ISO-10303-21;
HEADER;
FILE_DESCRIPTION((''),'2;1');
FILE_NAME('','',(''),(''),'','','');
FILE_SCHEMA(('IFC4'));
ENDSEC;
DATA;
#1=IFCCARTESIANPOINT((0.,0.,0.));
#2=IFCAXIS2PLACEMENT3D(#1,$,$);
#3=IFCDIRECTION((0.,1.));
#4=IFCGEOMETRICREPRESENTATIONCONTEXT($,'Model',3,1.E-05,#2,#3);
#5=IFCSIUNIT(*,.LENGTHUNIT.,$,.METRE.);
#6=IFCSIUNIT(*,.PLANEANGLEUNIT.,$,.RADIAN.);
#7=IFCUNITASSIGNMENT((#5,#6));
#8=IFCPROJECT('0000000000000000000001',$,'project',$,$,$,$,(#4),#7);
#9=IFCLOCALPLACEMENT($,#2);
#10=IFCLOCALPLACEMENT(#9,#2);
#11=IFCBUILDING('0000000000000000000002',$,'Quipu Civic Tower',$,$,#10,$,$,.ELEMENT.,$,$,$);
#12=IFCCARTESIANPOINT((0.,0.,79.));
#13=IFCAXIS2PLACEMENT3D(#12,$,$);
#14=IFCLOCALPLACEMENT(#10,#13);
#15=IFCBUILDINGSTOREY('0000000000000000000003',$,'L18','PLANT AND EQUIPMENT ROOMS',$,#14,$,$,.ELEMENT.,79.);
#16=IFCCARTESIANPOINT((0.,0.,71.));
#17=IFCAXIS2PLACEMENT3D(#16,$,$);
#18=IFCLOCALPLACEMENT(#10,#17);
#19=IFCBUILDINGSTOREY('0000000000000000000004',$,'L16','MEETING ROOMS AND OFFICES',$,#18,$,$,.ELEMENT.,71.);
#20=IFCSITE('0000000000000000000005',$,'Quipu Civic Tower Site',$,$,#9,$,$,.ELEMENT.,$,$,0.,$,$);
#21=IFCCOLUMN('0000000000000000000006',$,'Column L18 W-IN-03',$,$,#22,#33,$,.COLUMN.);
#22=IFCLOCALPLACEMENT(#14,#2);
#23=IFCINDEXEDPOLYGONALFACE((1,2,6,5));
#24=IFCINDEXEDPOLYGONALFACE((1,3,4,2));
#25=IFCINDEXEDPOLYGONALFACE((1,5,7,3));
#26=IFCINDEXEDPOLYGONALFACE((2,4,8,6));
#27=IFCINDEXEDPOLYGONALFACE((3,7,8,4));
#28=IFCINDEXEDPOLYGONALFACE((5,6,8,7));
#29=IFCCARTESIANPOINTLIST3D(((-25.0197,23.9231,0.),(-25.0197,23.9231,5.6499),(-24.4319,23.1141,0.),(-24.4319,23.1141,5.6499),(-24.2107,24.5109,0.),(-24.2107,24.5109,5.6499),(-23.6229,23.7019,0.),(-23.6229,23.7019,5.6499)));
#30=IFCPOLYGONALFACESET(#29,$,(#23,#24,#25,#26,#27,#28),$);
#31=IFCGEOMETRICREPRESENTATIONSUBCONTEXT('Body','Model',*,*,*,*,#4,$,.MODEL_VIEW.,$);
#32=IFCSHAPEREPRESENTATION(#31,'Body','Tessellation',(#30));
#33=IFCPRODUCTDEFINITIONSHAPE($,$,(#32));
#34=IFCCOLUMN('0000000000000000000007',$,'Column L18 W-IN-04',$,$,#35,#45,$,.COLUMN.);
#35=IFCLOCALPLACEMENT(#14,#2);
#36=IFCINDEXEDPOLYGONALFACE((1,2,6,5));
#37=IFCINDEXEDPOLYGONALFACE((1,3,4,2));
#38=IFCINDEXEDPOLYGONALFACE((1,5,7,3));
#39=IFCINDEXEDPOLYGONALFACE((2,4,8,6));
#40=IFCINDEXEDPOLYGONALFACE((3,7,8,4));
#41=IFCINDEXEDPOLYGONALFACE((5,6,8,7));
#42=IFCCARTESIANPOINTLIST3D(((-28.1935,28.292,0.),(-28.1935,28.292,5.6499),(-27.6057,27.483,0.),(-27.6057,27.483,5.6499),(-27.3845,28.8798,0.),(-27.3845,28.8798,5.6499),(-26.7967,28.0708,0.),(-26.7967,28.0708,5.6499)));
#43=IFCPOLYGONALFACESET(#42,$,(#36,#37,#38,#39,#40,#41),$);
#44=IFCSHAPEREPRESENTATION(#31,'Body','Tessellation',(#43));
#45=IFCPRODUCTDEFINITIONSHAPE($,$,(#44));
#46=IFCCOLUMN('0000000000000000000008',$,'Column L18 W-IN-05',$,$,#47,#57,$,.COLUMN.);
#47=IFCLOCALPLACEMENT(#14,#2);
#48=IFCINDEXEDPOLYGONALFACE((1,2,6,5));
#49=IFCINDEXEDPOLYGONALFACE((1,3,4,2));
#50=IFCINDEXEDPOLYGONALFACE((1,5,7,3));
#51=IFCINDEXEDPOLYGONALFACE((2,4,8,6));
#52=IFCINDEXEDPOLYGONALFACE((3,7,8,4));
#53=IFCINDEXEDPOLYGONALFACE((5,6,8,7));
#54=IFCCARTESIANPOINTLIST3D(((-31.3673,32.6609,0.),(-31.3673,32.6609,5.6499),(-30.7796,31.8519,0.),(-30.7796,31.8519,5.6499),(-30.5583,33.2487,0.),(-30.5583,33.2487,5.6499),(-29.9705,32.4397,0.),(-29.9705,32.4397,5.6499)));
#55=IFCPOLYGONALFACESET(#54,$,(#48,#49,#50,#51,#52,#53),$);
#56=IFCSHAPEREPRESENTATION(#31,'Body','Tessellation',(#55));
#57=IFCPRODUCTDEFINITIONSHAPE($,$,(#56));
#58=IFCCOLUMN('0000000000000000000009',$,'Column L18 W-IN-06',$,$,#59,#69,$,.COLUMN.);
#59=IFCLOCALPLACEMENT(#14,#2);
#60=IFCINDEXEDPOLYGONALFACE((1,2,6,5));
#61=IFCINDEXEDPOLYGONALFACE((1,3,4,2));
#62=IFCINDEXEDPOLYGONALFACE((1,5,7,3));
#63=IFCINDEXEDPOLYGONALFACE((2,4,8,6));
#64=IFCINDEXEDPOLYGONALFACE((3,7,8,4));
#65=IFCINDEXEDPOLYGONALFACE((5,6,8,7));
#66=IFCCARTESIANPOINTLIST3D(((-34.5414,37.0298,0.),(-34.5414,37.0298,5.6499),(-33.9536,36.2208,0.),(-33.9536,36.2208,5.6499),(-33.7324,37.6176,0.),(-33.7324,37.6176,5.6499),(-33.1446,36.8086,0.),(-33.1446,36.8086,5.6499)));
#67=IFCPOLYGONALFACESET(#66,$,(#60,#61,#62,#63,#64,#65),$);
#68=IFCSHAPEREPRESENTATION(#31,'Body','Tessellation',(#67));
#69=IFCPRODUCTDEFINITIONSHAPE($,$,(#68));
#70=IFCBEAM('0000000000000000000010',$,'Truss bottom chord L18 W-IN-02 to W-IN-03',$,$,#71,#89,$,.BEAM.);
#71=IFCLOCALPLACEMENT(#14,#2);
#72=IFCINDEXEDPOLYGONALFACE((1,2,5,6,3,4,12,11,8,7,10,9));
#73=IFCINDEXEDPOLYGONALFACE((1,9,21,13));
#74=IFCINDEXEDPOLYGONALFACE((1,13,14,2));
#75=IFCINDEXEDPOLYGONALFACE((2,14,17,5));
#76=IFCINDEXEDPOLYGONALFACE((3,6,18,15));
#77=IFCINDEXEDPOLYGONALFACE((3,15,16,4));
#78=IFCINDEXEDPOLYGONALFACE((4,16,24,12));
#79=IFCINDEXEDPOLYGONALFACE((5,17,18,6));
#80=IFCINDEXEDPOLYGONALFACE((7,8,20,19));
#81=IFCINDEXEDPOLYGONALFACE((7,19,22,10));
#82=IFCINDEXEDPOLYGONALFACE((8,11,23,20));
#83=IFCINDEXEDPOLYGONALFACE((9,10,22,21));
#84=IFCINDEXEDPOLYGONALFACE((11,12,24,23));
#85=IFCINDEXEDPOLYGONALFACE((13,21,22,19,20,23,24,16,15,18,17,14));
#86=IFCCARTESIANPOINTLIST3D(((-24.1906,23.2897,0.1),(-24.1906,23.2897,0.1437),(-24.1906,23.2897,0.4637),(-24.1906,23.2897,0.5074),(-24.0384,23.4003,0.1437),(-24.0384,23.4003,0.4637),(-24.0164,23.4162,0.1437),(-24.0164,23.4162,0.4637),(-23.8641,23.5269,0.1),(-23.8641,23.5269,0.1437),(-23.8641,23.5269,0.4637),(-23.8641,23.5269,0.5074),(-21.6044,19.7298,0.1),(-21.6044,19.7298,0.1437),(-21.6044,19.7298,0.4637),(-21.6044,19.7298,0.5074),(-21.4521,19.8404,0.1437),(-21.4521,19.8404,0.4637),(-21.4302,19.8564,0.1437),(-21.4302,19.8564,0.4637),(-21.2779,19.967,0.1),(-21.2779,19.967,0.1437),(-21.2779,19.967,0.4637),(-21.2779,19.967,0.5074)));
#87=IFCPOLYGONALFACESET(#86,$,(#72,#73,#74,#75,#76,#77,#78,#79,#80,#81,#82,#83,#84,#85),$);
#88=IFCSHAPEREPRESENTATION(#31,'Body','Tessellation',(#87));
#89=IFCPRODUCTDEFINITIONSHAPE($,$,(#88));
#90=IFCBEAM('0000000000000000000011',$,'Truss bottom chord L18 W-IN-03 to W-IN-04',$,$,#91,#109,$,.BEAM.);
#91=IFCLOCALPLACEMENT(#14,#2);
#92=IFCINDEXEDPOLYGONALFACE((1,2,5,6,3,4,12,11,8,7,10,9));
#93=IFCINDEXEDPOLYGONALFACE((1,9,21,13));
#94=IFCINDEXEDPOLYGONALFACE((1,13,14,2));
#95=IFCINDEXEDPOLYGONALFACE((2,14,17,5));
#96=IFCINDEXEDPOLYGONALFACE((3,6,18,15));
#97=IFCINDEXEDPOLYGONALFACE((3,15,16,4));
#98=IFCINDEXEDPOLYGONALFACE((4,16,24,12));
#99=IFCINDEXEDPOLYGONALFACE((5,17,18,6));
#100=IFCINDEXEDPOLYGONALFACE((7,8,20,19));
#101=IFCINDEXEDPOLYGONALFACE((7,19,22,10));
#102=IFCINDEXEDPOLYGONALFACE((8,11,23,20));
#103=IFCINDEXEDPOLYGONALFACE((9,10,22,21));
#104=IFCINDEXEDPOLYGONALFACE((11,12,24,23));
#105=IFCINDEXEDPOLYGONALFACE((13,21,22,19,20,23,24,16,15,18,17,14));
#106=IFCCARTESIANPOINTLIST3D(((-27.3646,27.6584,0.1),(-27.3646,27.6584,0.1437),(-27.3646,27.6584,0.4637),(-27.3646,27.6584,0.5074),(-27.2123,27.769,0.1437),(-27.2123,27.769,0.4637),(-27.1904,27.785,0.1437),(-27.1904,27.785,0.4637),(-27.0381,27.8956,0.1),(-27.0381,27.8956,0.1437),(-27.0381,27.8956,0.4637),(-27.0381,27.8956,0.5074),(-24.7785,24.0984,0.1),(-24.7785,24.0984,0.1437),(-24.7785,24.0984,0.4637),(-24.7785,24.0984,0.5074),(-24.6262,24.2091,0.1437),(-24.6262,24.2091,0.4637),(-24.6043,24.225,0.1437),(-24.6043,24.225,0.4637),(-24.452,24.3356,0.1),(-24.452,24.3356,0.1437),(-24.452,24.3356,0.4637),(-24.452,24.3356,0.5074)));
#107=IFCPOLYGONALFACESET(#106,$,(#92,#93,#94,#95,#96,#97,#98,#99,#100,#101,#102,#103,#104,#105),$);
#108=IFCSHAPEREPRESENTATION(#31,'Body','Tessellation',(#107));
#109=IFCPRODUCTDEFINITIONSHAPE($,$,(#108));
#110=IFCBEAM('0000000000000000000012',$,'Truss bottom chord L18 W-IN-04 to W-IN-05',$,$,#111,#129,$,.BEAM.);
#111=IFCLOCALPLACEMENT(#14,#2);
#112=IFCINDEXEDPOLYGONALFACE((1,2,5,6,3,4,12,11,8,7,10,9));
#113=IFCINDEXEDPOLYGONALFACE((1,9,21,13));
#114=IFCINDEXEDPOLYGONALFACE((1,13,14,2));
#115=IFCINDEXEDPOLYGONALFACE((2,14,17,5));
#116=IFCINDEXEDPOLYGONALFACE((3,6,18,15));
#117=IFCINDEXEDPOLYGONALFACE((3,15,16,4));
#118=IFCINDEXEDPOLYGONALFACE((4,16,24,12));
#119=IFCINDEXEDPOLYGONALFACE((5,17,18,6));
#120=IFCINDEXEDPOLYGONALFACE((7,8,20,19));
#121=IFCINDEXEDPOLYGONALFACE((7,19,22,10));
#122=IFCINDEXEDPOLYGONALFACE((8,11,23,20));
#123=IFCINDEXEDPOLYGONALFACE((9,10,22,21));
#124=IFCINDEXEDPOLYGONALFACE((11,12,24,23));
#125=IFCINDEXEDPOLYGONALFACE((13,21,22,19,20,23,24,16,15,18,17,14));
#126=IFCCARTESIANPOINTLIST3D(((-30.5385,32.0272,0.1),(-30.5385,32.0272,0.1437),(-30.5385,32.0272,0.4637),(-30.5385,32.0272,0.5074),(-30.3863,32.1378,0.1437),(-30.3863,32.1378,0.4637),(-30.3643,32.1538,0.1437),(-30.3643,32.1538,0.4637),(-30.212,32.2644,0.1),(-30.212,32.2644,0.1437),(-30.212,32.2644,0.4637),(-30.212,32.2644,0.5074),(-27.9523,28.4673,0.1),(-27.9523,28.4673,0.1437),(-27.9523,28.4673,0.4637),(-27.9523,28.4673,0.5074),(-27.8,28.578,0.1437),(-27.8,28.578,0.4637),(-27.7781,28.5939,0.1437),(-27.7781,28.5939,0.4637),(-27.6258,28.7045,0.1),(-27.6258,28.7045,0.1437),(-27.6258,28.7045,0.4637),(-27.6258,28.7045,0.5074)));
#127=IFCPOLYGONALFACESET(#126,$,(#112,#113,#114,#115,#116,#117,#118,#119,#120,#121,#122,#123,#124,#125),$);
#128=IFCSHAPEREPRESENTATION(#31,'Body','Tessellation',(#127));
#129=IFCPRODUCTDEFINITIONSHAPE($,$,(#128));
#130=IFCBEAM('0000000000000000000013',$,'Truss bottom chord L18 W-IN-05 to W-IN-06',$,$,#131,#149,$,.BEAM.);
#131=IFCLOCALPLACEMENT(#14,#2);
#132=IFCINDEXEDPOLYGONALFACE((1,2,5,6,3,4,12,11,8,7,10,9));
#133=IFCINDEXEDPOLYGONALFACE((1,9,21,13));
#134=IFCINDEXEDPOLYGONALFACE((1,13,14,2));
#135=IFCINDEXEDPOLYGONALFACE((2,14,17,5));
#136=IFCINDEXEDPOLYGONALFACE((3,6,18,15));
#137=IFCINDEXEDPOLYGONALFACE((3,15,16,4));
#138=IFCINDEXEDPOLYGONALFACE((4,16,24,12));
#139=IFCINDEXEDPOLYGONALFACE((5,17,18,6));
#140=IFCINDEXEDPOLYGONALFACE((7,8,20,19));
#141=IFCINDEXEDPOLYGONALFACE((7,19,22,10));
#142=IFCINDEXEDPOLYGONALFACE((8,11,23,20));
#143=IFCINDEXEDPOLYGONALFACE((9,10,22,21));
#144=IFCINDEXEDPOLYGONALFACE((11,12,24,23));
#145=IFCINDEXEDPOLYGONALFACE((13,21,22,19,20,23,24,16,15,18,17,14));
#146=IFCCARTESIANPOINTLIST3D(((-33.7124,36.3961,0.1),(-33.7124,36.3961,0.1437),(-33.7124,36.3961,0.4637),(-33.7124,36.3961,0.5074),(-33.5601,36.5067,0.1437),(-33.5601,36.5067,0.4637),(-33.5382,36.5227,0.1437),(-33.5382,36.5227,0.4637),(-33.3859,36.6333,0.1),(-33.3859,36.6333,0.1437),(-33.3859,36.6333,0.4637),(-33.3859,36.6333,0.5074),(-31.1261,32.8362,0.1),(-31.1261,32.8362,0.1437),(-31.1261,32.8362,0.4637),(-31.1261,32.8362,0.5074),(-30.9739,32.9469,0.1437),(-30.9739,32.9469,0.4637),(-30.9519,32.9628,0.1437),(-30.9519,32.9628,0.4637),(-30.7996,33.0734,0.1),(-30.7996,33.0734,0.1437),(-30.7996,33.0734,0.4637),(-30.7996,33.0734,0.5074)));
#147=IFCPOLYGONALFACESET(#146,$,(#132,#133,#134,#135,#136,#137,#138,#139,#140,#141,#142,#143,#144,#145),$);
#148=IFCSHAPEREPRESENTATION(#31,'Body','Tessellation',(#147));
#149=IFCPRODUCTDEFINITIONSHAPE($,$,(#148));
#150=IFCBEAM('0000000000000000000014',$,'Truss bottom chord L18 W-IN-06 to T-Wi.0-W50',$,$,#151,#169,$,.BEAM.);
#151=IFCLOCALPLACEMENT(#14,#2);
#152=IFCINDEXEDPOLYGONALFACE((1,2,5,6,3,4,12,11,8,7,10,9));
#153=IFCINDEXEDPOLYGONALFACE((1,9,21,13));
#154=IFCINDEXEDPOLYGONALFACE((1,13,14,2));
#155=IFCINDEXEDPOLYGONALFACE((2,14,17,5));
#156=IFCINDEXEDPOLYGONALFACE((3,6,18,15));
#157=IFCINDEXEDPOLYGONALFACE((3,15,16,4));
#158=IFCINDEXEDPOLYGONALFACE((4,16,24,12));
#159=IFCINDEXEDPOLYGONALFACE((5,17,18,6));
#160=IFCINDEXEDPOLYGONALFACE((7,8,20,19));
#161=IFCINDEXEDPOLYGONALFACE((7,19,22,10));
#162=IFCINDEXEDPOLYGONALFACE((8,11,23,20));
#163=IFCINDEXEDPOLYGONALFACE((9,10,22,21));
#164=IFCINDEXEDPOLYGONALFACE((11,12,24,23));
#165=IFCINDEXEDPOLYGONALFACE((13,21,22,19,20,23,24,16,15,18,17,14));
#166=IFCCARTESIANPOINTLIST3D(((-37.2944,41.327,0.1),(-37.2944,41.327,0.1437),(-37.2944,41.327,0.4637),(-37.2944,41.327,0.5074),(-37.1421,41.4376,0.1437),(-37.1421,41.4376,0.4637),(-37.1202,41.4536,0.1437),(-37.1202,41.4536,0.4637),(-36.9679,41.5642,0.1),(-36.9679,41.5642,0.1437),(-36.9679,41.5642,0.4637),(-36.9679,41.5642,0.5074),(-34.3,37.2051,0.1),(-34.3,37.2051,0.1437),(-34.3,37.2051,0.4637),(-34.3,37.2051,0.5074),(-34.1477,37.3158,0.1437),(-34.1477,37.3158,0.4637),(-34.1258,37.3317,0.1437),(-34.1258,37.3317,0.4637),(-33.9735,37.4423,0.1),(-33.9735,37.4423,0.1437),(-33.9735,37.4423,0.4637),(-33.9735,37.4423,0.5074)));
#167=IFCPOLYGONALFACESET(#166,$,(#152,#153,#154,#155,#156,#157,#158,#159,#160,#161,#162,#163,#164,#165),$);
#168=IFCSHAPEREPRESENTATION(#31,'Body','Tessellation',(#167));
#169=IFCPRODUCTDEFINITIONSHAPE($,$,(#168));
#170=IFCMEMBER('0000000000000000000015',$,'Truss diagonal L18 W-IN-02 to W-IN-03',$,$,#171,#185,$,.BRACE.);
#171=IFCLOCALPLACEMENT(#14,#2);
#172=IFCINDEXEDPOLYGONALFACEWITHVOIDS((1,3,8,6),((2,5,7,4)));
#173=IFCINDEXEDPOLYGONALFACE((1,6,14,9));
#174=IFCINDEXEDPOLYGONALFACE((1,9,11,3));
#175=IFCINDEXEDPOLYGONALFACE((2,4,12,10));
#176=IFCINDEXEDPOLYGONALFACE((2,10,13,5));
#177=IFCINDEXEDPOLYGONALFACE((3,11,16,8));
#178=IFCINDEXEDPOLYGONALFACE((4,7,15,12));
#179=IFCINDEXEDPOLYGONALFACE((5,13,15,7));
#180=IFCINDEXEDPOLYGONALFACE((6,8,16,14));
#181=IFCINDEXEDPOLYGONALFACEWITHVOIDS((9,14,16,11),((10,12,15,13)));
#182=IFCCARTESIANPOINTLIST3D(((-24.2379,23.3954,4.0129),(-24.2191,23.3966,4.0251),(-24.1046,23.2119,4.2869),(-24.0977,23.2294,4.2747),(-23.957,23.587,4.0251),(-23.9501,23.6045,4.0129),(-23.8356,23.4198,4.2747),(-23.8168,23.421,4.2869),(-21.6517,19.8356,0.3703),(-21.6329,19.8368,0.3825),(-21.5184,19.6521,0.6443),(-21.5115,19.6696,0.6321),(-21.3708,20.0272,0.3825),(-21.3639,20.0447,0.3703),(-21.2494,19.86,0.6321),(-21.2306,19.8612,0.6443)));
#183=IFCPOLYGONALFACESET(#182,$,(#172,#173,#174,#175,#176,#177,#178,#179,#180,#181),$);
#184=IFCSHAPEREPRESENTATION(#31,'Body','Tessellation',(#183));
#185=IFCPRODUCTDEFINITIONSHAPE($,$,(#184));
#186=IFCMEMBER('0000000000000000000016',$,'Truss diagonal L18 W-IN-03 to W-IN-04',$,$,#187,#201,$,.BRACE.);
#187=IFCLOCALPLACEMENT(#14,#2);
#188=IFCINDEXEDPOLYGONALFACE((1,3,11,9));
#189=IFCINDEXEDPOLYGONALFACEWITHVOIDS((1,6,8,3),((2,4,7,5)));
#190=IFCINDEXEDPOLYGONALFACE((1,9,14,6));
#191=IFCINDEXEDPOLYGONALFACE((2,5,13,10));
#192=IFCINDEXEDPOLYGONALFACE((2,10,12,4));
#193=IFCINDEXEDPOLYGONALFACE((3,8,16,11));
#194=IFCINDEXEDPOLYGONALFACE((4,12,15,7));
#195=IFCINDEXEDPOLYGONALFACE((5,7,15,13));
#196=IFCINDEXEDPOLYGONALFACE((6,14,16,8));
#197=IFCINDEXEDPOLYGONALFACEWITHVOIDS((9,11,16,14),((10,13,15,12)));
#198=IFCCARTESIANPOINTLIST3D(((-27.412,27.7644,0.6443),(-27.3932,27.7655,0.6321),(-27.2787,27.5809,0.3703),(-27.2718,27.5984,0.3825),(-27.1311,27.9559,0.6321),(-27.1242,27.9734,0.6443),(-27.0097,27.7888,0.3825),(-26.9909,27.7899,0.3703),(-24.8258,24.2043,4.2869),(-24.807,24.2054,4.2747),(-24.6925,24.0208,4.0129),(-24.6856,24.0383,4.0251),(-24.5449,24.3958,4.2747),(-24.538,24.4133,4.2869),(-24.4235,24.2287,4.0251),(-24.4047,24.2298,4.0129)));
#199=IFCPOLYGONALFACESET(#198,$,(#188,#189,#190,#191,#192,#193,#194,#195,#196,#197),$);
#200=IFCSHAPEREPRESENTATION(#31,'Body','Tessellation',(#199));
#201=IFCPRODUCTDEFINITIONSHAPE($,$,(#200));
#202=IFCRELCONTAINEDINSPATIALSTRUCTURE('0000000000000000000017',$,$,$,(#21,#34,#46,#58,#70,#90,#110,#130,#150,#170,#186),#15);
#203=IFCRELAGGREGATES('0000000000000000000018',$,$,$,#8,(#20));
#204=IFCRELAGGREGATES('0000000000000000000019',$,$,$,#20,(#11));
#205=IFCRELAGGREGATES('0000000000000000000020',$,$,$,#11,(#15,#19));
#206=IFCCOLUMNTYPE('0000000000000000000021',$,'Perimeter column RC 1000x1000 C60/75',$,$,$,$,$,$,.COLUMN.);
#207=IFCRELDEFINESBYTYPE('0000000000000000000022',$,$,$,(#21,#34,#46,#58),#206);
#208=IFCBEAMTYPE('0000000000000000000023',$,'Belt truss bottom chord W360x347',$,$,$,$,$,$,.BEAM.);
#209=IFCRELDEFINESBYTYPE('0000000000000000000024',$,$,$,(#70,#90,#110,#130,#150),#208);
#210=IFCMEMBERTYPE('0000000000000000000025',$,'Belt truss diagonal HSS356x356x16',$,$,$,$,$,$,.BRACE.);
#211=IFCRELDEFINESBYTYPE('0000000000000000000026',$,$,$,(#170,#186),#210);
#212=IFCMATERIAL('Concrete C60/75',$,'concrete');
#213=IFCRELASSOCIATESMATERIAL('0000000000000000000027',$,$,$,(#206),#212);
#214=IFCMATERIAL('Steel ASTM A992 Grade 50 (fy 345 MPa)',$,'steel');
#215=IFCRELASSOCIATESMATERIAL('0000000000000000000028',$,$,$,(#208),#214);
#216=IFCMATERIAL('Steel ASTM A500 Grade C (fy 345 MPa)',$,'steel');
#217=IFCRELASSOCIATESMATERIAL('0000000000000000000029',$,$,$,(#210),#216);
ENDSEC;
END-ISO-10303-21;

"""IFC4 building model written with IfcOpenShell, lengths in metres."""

from ifc_helpers import new_model, si_unit, direction, frame, origin, origin_2d, place, context, subcontext, project, spatial, rectangle, hollow_rectangle, i_section, extrude, material, material_profile, profile_set, type_object, element, save


model = new_model("IFC4")

# Units and contexts
model_context = context("Model", 3, precision=1e-05, world=origin(), true_north=direction((0.0, 1.0)))
body_context = subcontext(model_context, "Body", "Model", "MODEL_VIEW")
ifc_project = project(units=[si_unit("LENGTHUNIT", "METRE"), si_unit("PLANEANGLEUNIT", "RADIAN")], contexts=[model_context])

# Site, building, storey
site_placement = place(None, origin())
site = spatial("IfcSite", under=ifc_project, at=site_placement, Name="Quipu Civic Tower Site", CompositionType="ELEMENT", RefElevation=0.0)
building_placement = place(site_placement, origin())
building = spatial("IfcBuilding", under=site, at=building_placement, Name="Quipu Civic Tower", CompositionType="ELEMENT")
storey_1_placement = place(building_placement, frame((0.0, 0.0, 79.0)))
storey_1 = spatial("IfcBuildingStorey", under=building, at=storey_1_placement, Name="L18", Description="PLANT AND EQUIPMENT ROOMS", CompositionType="ELEMENT", Elevation=79.0)

# Columns
ifc_material_1 = material(Name="Concrete C60/75", Category="concrete")
ifc_material_profile_1 = material_profile(ifc_material_1, rectangle(XDim=1.0, YDim=1.0, at=origin_2d()), Name="RC1000x1000")
ifc_profile_set_1 = profile_set([ifc_material_profile_1], Name="Concrete C60/75")
column_type = type_object("IfcColumnType", Name="Perimeter column RC 1000x1000 C60/75", PredefinedType="COLUMN", material=ifc_profile_set_1)
for number, where, z_axis, x_axis, name in (
    (1, (-24.3213, 23.8125, 0.0), (0.0, 0.0, 1.0), (-0.587785, 0.809017, 0.0), "Column L18 W-IN-03"),
    (2, (-27.4951, 28.1814, 0.0), (0.0, 0.0, 1.0), (-0.587785, 0.809017, 0.0), "Column L18 W-IN-04"),
    (3, (-30.6689, 32.5503, 0.0), (0.0, 0.0, 1.0), (-0.587785, 0.809017, 0.0), "Column L18 W-IN-05"),
    (4, (-33.843, 36.9192, 0.0), (0.0, 0.0, 1.0), (-0.587785, 0.809017, 0.0), "Column L18 W-IN-06"),
):
    element("IfcColumn", number, at=place(storey_1_placement, frame(where, z_axis=z_axis, x_axis=x_axis)), inside=storey_1, type_object=column_type, Name=name, PredefinedType="COLUMN", context=body_context, shape_type="SweptSolid", body=[
        extrude(rectangle(XDim=1.0, YDim=1.0, at=origin_2d()), origin(), (0.0, 0.0, 1.0), 5.6499),
    ])

# Beams
ifc_material_2 = material(Name="Steel ASTM A992 Grade 50 (fy 345 MPa)", Category="steel")
ifc_material_profile_2 = material_profile(ifc_material_2, i_section(OverallWidth=0.4036, OverallDepth=0.4075, WebThickness=0.0271, FlangeThickness=0.0437, at=origin_2d()), Name="W360x347")
ifc_profile_set_2 = profile_set([ifc_material_profile_2], Name="Steel ASTM A992 Grade 50 (fy 345 MPa)")
beam_type_1 = type_object("IfcBeamType", Name="Belt truss bottom chord W360x347", PredefinedType="BEAM", material=ifc_profile_set_2)
for number, where, z_axis, x_axis, name in (
    (5, (-21.4412, 19.8484, 0.3037), (-0.587759, 0.809036, 0.0), (-0.809036, -0.587759, 0.0), "Truss bottom chord L18 W-IN-02 to W-IN-03"),
    (6, (-24.6152, 24.217, 0.3037), (-0.587733, 0.809055, 0.0), (-0.809055, -0.587733, 0.0), "Truss bottom chord L18 W-IN-03 to W-IN-04"),
    (7, (-27.7891, 28.5859, 0.3037), (-0.587759, 0.809036, 0.0), (-0.809036, -0.587759, 0.0), "Truss bottom chord L18 W-IN-04 to W-IN-05"),
    (8, (-30.9629, 32.9548, 0.3037), (-0.587759, 0.809036, 0.0), (-0.809036, -0.587759, 0.0), "Truss bottom chord L18 W-IN-05 to W-IN-06"),
):
    element("IfcBeam", number, at=place(storey_1_placement, frame(where, z_axis=z_axis, x_axis=x_axis)), inside=storey_1, type_object=beam_type_1, Name=name, PredefinedType="BEAM", context=body_context, shape_type="SweptSolid", body=[
        extrude(i_section(OverallWidth=0.4036, OverallDepth=0.4075, WebThickness=0.0271, FlangeThickness=0.0437, at=origin_2d()), origin(), (0.0, 0.0, 1.0), 4.4001),
    ])
beam_placement = place(storey_1_placement, frame((-34.1367, 37.3237, 0.3037), z_axis=(-0.587747, 0.809045, 0.0), x_axis=(-0.809045, -0.587747, 0.0)))
element("IfcBeam", 9, at=beam_placement, inside=storey_1, type_object=beam_type_1, Name="Truss bottom chord L18 W-IN-06 to T-Wi.0-W50", PredefinedType="BEAM", context=body_context, shape_type="SweptSolid", body=[
    extrude(i_section(OverallWidth=0.4036, OverallDepth=0.4075, WebThickness=0.0271, FlangeThickness=0.0437, at=origin_2d()), origin(), (0.0, 0.0, 1.0), 5.0947),
])

# Members
ifc_material_3 = material(Name="Steel ASTM A500 Grade C (fy 345 MPa)", Category="steel")
ifc_material_profile_3 = material_profile(ifc_material_3, hollow_rectangle(XDim=0.3557, YDim=0.3557, WallThickness=0.0159, at=origin_2d()), Name="HSS356x356x16")
ifc_profile_set_3 = profile_set([ifc_material_profile_3], Name="Steel ASTM A500 Grade C (fy 345 MPa)")
member_type_1 = type_object("IfcMemberType", Name="Belt truss diagonal HSS356x356x16", PredefinedType="BRACE", material=ifc_profile_set_3)
member_1_placement = place(storey_1_placement, frame((-21.4412, 19.8484, 0.5073), z_axis=(-0.452749, 0.623197, 0.637686), x_axis=(-0.809036, -0.587759, 0.0)))
element("IfcMember", 10, at=member_1_placement, inside=storey_1, type_object=member_type_1, Name="Truss diagonal L18 W-IN-02 to W-IN-03", PredefinedType="BRACE", context=body_context, shape_type="SweptSolid", body=[
    extrude(hollow_rectangle(XDim=0.3557, YDim=0.3557, WallThickness=0.0159, at=origin_2d()), origin(), (0.0, 0.0, 1.0), 5.7122),
])
member_2_placement = place(storey_1_placement, frame((-24.6152, 24.217, 4.1499), z_axis=(-0.452737, 0.623223, -0.637669), x_axis=(-0.809055, -0.587733, 0.0)))
element("IfcMember", 11, at=member_2_placement, inside=storey_1, type_object=member_type_1, Name="Truss diagonal L18 W-IN-03 to W-IN-04", PredefinedType="BRACE", context=body_context, shape_type="SweptSolid", body=[
    extrude(hollow_rectangle(XDim=0.3557, YDim=0.3557, WallThickness=0.0159, at=origin_2d()), origin(), (0.0, 0.0, 1.0), 5.7124),
])

# Shared definitions
storey_2_placement = place(building_placement, frame((0.0, 0.0, 71.0)))
storey_2 = spatial("IfcBuildingStorey", under=building, at=storey_2_placement, Name="L16", Description="MEETING ROOMS AND OFFICES", CompositionType="ELEMENT", Elevation=71.0)

save(model, "model.ifc")
